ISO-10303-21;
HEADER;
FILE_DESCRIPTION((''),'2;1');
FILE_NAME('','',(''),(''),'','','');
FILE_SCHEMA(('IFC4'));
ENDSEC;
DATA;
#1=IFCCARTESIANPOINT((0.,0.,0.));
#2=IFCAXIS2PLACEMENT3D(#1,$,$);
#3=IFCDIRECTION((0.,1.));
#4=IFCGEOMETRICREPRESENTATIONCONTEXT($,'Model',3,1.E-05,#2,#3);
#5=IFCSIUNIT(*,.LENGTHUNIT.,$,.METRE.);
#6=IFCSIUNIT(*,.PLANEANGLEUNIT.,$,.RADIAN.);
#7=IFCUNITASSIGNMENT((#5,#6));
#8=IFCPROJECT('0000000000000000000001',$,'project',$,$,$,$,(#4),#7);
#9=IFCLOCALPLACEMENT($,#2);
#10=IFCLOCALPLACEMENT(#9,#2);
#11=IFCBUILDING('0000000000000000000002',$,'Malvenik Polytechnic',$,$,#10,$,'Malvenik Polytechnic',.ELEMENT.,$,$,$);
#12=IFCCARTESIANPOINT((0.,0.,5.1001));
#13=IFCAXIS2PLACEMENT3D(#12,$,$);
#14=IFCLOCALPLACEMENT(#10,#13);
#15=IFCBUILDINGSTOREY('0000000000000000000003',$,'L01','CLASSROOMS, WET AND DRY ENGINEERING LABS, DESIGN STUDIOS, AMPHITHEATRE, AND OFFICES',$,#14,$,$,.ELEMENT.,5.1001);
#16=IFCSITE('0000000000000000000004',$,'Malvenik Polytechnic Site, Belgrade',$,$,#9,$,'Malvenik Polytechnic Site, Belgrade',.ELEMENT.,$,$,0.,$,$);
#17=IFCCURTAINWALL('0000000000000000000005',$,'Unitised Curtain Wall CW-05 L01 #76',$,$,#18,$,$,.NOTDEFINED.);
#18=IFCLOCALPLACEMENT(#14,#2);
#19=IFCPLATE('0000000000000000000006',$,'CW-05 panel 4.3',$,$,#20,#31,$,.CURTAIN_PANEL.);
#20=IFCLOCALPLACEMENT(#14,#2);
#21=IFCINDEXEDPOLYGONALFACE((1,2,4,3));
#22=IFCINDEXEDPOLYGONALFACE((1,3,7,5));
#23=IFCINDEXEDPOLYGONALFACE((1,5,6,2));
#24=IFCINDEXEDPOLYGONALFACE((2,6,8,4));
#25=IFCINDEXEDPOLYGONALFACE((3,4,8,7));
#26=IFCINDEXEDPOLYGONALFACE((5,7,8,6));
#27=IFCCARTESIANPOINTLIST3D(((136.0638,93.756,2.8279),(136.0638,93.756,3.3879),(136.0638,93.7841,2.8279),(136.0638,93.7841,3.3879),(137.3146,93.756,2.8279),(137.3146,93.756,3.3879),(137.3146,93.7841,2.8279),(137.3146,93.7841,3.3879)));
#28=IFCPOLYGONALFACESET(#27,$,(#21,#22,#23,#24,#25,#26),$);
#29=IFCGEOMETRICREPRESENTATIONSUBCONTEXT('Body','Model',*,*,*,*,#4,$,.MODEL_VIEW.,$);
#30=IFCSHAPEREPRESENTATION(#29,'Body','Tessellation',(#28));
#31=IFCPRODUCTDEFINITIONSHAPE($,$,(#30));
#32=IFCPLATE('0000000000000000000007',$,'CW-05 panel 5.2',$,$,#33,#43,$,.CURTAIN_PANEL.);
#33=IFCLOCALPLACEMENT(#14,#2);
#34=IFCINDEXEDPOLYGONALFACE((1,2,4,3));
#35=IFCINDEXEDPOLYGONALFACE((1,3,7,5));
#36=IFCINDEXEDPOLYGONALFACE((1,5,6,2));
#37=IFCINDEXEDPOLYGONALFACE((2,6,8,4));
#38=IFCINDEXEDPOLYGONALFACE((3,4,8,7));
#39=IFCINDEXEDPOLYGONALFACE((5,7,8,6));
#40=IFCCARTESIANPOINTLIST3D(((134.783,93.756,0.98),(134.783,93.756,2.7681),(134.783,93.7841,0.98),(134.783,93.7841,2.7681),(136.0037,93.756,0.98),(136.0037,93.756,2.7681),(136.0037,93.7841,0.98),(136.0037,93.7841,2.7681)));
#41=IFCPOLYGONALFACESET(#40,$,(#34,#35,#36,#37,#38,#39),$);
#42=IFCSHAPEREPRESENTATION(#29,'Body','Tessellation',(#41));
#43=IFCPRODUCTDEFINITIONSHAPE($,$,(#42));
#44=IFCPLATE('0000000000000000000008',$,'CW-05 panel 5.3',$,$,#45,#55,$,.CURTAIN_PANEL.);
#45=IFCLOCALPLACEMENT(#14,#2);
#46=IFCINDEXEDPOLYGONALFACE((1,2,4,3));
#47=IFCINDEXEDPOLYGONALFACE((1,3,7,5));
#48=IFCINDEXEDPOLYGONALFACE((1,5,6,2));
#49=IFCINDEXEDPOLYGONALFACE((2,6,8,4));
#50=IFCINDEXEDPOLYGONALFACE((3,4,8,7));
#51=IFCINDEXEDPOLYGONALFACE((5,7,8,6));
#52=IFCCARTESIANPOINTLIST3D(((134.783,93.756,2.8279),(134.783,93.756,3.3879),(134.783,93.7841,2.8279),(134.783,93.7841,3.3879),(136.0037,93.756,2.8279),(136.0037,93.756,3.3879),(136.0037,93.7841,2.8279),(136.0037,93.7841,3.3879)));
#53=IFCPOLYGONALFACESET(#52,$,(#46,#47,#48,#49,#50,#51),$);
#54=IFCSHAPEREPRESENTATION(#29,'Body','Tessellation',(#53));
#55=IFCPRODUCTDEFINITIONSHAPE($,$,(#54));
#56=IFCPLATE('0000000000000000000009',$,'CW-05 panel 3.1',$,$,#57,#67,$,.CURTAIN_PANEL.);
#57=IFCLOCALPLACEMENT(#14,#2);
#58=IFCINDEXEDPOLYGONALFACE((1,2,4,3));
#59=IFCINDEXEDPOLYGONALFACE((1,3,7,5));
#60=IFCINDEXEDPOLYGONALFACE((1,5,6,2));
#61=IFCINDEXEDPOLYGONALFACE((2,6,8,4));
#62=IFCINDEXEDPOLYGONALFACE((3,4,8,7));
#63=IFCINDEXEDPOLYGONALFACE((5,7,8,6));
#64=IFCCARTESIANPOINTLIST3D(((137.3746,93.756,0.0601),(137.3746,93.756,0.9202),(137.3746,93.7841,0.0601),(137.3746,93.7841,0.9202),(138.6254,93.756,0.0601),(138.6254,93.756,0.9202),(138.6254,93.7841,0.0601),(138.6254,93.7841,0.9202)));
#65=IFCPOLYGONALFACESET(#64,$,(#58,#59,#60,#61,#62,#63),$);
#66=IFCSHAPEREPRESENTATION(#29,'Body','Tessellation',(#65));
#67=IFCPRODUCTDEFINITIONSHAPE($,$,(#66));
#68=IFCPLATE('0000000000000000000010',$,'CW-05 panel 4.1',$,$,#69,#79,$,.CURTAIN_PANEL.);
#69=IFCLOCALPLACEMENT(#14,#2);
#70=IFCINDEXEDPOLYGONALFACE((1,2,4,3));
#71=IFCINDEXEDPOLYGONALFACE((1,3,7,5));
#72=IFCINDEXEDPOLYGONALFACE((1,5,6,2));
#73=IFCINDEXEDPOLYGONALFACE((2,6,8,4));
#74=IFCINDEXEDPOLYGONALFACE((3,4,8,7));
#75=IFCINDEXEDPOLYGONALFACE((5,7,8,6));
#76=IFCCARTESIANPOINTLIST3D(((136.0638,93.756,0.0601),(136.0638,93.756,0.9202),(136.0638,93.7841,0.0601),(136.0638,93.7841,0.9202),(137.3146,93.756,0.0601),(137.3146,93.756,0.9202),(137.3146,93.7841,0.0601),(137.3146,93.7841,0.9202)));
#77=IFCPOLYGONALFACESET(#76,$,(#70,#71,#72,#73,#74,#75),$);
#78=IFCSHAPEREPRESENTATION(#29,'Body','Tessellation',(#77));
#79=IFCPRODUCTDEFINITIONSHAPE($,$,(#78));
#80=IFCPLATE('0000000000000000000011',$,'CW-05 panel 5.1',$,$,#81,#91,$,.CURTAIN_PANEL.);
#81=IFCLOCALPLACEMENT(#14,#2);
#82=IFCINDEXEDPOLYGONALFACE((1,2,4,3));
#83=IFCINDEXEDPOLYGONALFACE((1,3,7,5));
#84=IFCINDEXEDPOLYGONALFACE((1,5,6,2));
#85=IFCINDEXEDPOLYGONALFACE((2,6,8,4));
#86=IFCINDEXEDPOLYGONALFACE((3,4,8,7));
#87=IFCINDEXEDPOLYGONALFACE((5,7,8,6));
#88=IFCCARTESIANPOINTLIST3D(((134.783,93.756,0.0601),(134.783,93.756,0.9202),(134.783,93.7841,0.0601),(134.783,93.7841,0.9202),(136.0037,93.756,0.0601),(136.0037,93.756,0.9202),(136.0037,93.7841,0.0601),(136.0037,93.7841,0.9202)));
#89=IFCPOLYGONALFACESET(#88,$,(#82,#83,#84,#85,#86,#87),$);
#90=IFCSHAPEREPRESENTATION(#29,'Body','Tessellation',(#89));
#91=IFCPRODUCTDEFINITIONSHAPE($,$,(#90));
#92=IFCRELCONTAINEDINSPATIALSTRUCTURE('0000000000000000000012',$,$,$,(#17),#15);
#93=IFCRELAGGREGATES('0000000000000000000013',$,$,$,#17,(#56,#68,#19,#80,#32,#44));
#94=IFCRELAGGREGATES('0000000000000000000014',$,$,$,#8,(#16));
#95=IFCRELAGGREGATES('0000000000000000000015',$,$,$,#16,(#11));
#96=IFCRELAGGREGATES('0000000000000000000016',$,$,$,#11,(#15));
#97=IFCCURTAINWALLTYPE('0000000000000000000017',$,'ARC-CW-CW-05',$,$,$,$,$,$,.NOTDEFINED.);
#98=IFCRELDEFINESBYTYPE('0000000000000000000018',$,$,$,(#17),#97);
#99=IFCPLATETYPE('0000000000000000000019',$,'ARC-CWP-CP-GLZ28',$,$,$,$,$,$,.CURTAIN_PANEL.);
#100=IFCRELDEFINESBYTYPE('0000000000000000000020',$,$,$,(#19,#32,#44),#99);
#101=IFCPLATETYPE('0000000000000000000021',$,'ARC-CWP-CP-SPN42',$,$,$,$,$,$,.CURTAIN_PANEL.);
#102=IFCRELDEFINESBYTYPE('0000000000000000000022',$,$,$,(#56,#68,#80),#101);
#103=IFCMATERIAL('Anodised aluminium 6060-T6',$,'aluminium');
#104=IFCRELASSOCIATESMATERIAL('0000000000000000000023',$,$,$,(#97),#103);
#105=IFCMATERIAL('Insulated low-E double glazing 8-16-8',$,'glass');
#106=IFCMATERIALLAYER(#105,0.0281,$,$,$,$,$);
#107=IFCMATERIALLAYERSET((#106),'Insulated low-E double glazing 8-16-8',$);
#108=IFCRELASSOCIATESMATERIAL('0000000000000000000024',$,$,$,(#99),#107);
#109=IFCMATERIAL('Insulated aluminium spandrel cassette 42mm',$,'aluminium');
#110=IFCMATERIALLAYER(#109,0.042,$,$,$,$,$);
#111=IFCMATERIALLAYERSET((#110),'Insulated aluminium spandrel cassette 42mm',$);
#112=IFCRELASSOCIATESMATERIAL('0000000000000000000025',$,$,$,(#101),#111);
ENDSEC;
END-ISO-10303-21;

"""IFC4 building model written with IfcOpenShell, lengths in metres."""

from ifc_helpers import new_model, si_unit, direction, frame, origin, origin_2d, place, context, subcontext, project, spatial, rectangle, extrude, material, layer, layer_set, type_object, element, aggregate, save


model = new_model("IFC4")

# Units and contexts
model_context = context("Model", 3, precision=1e-05, world=origin(), true_north=direction((0.0, 1.0)))
body_context = subcontext(model_context, "Body", "Model", "MODEL_VIEW")
ifc_project = project(units=[si_unit("LENGTHUNIT", "METRE"), si_unit("PLANEANGLEUNIT", "RADIAN")], contexts=[model_context])

# Site, building, storey
site_placement = place(None, origin())
site = spatial("IfcSite", under=ifc_project, at=site_placement, Name="Malvenik Polytechnic Site, Belgrade", LongName="Malvenik Polytechnic Site, Belgrade", CompositionType="ELEMENT", RefElevation=0.0)
building_placement = place(site_placement, origin())
building = spatial("IfcBuilding", under=site, at=building_placement, Name="Malvenik Polytechnic", LongName="Malvenik Polytechnic", CompositionType="ELEMENT")
storey_placement = place(building_placement, frame((0.0, 0.0, 5.1001)))
storey = spatial("IfcBuildingStorey", under=building, at=storey_placement, Name="L01", Description="CLASSROOMS, WET AND DRY ENGINEERING LABS, DESIGN STUDIOS, AMPHITHEATRE, AND OFFICES", CompositionType="ELEMENT", Elevation=5.1001)

# Curtain wall, plates
ifc_material_1 = material(Name="Anodised aluminium 6060-T6", Category="aluminium")
curtain_wall_type = type_object("IfcCurtainWallType", Name="ARC-CW-CW-05", PredefinedType="NOTDEFINED", material=ifc_material_1)
curtain_wall_placement = place(storey_placement, origin())
curtain_wall = element("IfcCurtainWall", 1, at=curtain_wall_placement, inside=storey, type_object=curtain_wall_type, Name="Unitised Curtain Wall CW-05 L01 #76", PredefinedType="NOTDEFINED")
ifc_material_2 = material(Name="Insulated low-E double glazing 8-16-8", Category="glass")
ifc_layer_1 = layer(ifc_material_2, 0.0281)
ifc_layer_set_1 = layer_set([ifc_layer_1], Name="Insulated low-E double glazing 8-16-8")
plate_type_1 = type_object("IfcPlateType", Name="ARC-CWP-CP-GLZ28", PredefinedType="CURTAIN_PANEL", material=ifc_layer_set_1)
plate_1_placement = place(storey_placement, frame((136.6892, 93.77, 2.8279), z_axis=(0.0, 0.0, 1.0), x_axis=(-1.0, 0.0, 0.0)))
plate_1 = element("IfcPlate", 2, at=plate_1_placement, type_object=plate_type_1, Name="CW-05 panel 4.3", PredefinedType="CURTAIN_PANEL", context=body_context, shape_type="SweptSolid", body=[
    extrude(rectangle(XDim=1.2507, YDim=0.0281, at=origin_2d()), origin(), (0.0, 0.0, 1.0), 0.5601),
])
plate_2_placement = place(storey_placement, frame((135.3933, 93.77, 0.98), z_axis=(0.0, 0.0, 1.0), x_axis=(-1.0, 0.0, 0.0)))
plate_2 = element("IfcPlate", 3, at=plate_2_placement, type_object=plate_type_1, Name="CW-05 panel 5.2", PredefinedType="CURTAIN_PANEL", context=body_context, shape_type="SweptSolid", body=[
    extrude(rectangle(XDim=1.2207, YDim=0.0281, at=origin_2d()), origin(), (0.0, 0.0, 1.0), 1.7881),
])
plate_3_placement = place(storey_placement, frame((135.3933, 93.77, 2.8279), z_axis=(0.0, 0.0, 1.0), x_axis=(-1.0, 0.0, 0.0)))
plate_3 = element("IfcPlate", 4, at=plate_3_placement, type_object=plate_type_1, Name="CW-05 panel 5.3", PredefinedType="CURTAIN_PANEL", context=body_context, shape_type="SweptSolid", body=[
    extrude(rectangle(XDim=1.2207, YDim=0.0281, at=origin_2d()), origin(), (0.0, 0.0, 1.0), 0.5601),
])
ifc_material_3 = material(Name="Insulated aluminium spandrel cassette 42mm", Category="aluminium")
ifc_layer_2 = layer(ifc_material_3, 0.042)
ifc_layer_set_2 = layer_set([ifc_layer_2], Name="Insulated aluminium spandrel cassette 42mm")
plate_type_2 = type_object("IfcPlateType", Name="ARC-CWP-CP-SPN42", PredefinedType="CURTAIN_PANEL", material=ifc_layer_set_2)
plate_4_placement = place(storey_placement, frame((138.0, 93.77, 0.0601), z_axis=(0.0, 0.0, 1.0), x_axis=(-1.0, 0.0, 0.0)))
plate_4 = element("IfcPlate", 5, at=plate_4_placement, type_object=plate_type_2, Name="CW-05 panel 3.1", PredefinedType="CURTAIN_PANEL", context=body_context, shape_type="SweptSolid", body=[
    extrude(rectangle(XDim=1.2507, YDim=0.0281, at=origin_2d()), origin(), (0.0, 0.0, 1.0), 0.8601),
])
plate_5_placement = place(storey_placement, frame((136.6892, 93.77, 0.0601), z_axis=(0.0, 0.0, 1.0), x_axis=(-1.0, 0.0, 0.0)))
plate_5 = element("IfcPlate", 6, at=plate_5_placement, type_object=plate_type_2, Name="CW-05 panel 4.1", PredefinedType="CURTAIN_PANEL", context=body_context, shape_type="SweptSolid", body=[
    extrude(rectangle(XDim=1.2507, YDim=0.0281, at=origin_2d()), origin(), (0.0, 0.0, 1.0), 0.8601),
])
plate_6_placement = place(storey_placement, frame((135.3933, 93.77, 0.0601), z_axis=(0.0, 0.0, 1.0), x_axis=(-1.0, 0.0, 0.0)))
plate_6 = element("IfcPlate", 7, at=plate_6_placement, type_object=plate_type_2, Name="CW-05 panel 5.1", PredefinedType="CURTAIN_PANEL", context=body_context, shape_type="SweptSolid", body=[
    extrude(rectangle(XDim=1.2207, YDim=0.0281, at=origin_2d()), origin(), (0.0, 0.0, 1.0), 0.8601),
])
aggregate(curtain_wall, [plate_4, plate_5, plate_1, plate_6, plate_2, plate_3])

save(model, "model.ifc")
